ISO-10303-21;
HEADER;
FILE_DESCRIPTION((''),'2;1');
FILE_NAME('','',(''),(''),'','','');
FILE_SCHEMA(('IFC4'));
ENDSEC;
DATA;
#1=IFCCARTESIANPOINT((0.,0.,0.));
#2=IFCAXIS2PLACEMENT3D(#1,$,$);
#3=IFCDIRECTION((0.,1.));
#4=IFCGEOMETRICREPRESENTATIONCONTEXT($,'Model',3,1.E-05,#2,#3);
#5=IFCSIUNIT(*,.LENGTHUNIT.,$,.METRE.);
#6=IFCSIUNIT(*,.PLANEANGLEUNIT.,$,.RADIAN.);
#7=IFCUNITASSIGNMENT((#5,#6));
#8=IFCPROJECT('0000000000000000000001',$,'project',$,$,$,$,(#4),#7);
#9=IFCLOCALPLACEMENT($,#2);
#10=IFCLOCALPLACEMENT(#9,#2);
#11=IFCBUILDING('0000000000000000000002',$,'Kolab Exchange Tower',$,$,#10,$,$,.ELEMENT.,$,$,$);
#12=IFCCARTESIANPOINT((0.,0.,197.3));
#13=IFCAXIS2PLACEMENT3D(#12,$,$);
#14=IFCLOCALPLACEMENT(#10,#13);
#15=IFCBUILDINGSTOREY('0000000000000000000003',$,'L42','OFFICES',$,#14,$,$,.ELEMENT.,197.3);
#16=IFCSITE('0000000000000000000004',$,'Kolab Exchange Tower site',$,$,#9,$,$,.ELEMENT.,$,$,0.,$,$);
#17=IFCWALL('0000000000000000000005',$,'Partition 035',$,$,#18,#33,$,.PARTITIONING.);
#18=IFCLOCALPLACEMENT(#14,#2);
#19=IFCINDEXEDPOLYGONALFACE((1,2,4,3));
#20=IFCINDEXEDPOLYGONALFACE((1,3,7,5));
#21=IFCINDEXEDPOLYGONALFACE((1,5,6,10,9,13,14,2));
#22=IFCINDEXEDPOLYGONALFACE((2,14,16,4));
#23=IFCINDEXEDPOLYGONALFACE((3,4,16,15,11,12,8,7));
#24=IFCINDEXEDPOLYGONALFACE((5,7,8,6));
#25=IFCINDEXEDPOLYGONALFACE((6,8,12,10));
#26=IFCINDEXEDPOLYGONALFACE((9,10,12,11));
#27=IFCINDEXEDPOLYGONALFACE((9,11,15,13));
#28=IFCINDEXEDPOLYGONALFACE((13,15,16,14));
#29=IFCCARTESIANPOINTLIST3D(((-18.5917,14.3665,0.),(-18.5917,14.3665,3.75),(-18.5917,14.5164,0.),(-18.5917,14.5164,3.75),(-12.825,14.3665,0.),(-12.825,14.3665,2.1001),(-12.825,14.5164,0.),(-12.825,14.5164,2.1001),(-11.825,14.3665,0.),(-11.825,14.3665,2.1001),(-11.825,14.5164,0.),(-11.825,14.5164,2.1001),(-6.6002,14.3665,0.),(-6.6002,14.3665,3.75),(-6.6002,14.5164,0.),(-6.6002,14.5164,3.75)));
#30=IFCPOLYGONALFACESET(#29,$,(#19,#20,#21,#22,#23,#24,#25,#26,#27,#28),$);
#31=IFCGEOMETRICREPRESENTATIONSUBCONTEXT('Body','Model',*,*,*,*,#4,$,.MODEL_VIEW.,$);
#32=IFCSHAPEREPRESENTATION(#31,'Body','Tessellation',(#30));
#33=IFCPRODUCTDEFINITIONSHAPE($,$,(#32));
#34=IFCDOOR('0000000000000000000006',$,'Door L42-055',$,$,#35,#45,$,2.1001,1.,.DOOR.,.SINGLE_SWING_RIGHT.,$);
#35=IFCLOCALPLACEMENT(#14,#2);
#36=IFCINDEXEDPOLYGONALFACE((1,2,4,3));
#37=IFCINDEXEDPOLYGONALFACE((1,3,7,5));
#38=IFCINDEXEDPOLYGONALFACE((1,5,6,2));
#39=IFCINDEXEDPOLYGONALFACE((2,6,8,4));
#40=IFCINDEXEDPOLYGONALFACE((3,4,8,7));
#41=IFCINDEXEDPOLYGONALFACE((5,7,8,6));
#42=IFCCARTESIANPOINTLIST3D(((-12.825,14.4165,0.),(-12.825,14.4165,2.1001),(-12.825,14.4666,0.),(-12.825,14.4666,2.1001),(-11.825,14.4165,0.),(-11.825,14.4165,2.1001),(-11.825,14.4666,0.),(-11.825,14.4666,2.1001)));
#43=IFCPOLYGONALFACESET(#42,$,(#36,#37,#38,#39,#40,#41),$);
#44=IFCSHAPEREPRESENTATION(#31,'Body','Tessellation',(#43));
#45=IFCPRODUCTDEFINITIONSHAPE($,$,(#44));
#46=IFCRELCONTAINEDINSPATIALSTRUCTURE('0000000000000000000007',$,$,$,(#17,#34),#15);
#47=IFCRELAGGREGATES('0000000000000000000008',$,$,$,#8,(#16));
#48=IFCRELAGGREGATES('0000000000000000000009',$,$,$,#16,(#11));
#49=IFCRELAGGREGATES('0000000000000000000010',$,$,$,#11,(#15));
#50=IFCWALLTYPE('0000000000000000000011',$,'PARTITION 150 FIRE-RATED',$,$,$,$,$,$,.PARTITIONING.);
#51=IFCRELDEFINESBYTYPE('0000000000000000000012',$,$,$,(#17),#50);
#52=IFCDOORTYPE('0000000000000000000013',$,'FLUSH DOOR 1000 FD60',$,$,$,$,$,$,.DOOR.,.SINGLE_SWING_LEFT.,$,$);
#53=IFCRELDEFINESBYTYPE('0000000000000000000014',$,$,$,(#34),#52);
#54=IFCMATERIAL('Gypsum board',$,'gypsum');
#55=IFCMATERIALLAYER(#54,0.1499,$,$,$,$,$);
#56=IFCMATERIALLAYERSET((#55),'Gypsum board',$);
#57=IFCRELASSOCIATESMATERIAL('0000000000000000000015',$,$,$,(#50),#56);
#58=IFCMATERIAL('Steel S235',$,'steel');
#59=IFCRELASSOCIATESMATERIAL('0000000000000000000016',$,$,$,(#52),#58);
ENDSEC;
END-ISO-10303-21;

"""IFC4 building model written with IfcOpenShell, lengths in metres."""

from ifc_helpers import new_model, si_unit, direction, frame, frame_2d, origin, place, context, subcontext, project, spatial, rectangle, extrude, material, layer, layer_set, type_object, element, fill, save


model = new_model("IFC4")

# Units and contexts
model_context = context("Model", 3, precision=1e-05, world=origin(), true_north=direction((0.0, 1.0)))
body_context = subcontext(model_context, "Body", "Model", "MODEL_VIEW")
ifc_project = project(units=[si_unit("LENGTHUNIT", "METRE"), si_unit("PLANEANGLEUNIT", "RADIAN")], contexts=[model_context])

# Site, building, storey
site_placement = place(None, origin())
site = spatial("IfcSite", under=ifc_project, at=site_placement, Name="Kolab Exchange Tower site", CompositionType="ELEMENT", RefElevation=0.0)
building_placement = place(site_placement, origin())
building = spatial("IfcBuilding", under=site, at=building_placement, Name="Kolab Exchange Tower", CompositionType="ELEMENT")
storey_placement = place(building_placement, frame((0.0, 0.0, 197.3)))
storey = spatial("IfcBuildingStorey", under=building, at=storey_placement, Name="L42", Description="OFFICES", CompositionType="ELEMENT", Elevation=197.3)

# Wall, opening, door
ifc_material_1 = material(Name="Gypsum board", Category="gypsum")
ifc_layer_1 = layer(ifc_material_1, 0.1499)
ifc_layer_set_1 = layer_set([ifc_layer_1], Name="Gypsum board")
wall_type = type_object("IfcWallType", Name="PARTITION 150 FIRE-RATED", PredefinedType="PARTITIONING", material=ifc_layer_set_1)
wall_1_placement = place(storey_placement, frame((-18.5916, 14.4414, 0.0), z_axis=(0.0, 0.0, 1.0), x_axis=(1.0, 0.0, 0.0)))
wall_1 = element("IfcWall", 1, at=wall_1_placement, inside=storey, type_object=wall_type, Name="Partition 035", PredefinedType="PARTITIONING", context=body_context, shape_type="SweptSolid", body=[
    extrude(rectangle(XDim=11.9915, YDim=0.1499, at=frame_2d((5.9956, 0.0))), origin(), (0.0, 0.0, 1.0), 3.75),
])
opening_1_placement = place(wall_1_placement, frame((5.7666, 0.0, 0.0)))
opening_1 = element("IfcOpeningElement", 2, at=opening_1_placement, cuts=wall_1, PredefinedType="OPENING", context=body_context, shape_type="SweptSolid", body=[
    extrude(rectangle(XDim=1.0, YDim=2.1001, at=frame_2d((0.5, 1.05))), frame((0.0, 0.085, 0.0), z_axis=(0.0, -1.0, 0.0), x_axis=(1.0, 0.0, 0.0)), (0.0, 0.0, 1.0), 0.1699),
])
ifc_material_2 = material(Name="Steel S235", Category="steel")
door_type = type_object("IfcDoorType", Name="FLUSH DOOR 1000 FD60", OperationType="SINGLE_SWING_LEFT", PredefinedType="DOOR", material=ifc_material_2)
door_1_placement = place(opening_1_placement, frame((1.0, 0.0, 0.0), z_axis=(0.0, 0.0, 1.0), x_axis=(-1.0, 0.0, 0.0)))
door_1 = element("IfcDoor", 3, at=door_1_placement, inside=storey, type_object=door_type, Name="Door L42-055", OperationType="SINGLE_SWING_RIGHT", OverallHeight=2.1001, OverallWidth=1.0, PredefinedType="DOOR", context=body_context, shape_type="SweptSolid", body=[
    extrude(rectangle(XDim=1.0, YDim=2.1001, at=frame_2d((0.5, 1.05))), frame((0.0, 0.0249, 0.0), z_axis=(0.0, -1.0, 0.0), x_axis=(1.0, 0.0, 0.0)), (0.0, 0.0, 1.0), 0.05),
])
fill(opening_1, door_1)

save(model, "model.ifc")
